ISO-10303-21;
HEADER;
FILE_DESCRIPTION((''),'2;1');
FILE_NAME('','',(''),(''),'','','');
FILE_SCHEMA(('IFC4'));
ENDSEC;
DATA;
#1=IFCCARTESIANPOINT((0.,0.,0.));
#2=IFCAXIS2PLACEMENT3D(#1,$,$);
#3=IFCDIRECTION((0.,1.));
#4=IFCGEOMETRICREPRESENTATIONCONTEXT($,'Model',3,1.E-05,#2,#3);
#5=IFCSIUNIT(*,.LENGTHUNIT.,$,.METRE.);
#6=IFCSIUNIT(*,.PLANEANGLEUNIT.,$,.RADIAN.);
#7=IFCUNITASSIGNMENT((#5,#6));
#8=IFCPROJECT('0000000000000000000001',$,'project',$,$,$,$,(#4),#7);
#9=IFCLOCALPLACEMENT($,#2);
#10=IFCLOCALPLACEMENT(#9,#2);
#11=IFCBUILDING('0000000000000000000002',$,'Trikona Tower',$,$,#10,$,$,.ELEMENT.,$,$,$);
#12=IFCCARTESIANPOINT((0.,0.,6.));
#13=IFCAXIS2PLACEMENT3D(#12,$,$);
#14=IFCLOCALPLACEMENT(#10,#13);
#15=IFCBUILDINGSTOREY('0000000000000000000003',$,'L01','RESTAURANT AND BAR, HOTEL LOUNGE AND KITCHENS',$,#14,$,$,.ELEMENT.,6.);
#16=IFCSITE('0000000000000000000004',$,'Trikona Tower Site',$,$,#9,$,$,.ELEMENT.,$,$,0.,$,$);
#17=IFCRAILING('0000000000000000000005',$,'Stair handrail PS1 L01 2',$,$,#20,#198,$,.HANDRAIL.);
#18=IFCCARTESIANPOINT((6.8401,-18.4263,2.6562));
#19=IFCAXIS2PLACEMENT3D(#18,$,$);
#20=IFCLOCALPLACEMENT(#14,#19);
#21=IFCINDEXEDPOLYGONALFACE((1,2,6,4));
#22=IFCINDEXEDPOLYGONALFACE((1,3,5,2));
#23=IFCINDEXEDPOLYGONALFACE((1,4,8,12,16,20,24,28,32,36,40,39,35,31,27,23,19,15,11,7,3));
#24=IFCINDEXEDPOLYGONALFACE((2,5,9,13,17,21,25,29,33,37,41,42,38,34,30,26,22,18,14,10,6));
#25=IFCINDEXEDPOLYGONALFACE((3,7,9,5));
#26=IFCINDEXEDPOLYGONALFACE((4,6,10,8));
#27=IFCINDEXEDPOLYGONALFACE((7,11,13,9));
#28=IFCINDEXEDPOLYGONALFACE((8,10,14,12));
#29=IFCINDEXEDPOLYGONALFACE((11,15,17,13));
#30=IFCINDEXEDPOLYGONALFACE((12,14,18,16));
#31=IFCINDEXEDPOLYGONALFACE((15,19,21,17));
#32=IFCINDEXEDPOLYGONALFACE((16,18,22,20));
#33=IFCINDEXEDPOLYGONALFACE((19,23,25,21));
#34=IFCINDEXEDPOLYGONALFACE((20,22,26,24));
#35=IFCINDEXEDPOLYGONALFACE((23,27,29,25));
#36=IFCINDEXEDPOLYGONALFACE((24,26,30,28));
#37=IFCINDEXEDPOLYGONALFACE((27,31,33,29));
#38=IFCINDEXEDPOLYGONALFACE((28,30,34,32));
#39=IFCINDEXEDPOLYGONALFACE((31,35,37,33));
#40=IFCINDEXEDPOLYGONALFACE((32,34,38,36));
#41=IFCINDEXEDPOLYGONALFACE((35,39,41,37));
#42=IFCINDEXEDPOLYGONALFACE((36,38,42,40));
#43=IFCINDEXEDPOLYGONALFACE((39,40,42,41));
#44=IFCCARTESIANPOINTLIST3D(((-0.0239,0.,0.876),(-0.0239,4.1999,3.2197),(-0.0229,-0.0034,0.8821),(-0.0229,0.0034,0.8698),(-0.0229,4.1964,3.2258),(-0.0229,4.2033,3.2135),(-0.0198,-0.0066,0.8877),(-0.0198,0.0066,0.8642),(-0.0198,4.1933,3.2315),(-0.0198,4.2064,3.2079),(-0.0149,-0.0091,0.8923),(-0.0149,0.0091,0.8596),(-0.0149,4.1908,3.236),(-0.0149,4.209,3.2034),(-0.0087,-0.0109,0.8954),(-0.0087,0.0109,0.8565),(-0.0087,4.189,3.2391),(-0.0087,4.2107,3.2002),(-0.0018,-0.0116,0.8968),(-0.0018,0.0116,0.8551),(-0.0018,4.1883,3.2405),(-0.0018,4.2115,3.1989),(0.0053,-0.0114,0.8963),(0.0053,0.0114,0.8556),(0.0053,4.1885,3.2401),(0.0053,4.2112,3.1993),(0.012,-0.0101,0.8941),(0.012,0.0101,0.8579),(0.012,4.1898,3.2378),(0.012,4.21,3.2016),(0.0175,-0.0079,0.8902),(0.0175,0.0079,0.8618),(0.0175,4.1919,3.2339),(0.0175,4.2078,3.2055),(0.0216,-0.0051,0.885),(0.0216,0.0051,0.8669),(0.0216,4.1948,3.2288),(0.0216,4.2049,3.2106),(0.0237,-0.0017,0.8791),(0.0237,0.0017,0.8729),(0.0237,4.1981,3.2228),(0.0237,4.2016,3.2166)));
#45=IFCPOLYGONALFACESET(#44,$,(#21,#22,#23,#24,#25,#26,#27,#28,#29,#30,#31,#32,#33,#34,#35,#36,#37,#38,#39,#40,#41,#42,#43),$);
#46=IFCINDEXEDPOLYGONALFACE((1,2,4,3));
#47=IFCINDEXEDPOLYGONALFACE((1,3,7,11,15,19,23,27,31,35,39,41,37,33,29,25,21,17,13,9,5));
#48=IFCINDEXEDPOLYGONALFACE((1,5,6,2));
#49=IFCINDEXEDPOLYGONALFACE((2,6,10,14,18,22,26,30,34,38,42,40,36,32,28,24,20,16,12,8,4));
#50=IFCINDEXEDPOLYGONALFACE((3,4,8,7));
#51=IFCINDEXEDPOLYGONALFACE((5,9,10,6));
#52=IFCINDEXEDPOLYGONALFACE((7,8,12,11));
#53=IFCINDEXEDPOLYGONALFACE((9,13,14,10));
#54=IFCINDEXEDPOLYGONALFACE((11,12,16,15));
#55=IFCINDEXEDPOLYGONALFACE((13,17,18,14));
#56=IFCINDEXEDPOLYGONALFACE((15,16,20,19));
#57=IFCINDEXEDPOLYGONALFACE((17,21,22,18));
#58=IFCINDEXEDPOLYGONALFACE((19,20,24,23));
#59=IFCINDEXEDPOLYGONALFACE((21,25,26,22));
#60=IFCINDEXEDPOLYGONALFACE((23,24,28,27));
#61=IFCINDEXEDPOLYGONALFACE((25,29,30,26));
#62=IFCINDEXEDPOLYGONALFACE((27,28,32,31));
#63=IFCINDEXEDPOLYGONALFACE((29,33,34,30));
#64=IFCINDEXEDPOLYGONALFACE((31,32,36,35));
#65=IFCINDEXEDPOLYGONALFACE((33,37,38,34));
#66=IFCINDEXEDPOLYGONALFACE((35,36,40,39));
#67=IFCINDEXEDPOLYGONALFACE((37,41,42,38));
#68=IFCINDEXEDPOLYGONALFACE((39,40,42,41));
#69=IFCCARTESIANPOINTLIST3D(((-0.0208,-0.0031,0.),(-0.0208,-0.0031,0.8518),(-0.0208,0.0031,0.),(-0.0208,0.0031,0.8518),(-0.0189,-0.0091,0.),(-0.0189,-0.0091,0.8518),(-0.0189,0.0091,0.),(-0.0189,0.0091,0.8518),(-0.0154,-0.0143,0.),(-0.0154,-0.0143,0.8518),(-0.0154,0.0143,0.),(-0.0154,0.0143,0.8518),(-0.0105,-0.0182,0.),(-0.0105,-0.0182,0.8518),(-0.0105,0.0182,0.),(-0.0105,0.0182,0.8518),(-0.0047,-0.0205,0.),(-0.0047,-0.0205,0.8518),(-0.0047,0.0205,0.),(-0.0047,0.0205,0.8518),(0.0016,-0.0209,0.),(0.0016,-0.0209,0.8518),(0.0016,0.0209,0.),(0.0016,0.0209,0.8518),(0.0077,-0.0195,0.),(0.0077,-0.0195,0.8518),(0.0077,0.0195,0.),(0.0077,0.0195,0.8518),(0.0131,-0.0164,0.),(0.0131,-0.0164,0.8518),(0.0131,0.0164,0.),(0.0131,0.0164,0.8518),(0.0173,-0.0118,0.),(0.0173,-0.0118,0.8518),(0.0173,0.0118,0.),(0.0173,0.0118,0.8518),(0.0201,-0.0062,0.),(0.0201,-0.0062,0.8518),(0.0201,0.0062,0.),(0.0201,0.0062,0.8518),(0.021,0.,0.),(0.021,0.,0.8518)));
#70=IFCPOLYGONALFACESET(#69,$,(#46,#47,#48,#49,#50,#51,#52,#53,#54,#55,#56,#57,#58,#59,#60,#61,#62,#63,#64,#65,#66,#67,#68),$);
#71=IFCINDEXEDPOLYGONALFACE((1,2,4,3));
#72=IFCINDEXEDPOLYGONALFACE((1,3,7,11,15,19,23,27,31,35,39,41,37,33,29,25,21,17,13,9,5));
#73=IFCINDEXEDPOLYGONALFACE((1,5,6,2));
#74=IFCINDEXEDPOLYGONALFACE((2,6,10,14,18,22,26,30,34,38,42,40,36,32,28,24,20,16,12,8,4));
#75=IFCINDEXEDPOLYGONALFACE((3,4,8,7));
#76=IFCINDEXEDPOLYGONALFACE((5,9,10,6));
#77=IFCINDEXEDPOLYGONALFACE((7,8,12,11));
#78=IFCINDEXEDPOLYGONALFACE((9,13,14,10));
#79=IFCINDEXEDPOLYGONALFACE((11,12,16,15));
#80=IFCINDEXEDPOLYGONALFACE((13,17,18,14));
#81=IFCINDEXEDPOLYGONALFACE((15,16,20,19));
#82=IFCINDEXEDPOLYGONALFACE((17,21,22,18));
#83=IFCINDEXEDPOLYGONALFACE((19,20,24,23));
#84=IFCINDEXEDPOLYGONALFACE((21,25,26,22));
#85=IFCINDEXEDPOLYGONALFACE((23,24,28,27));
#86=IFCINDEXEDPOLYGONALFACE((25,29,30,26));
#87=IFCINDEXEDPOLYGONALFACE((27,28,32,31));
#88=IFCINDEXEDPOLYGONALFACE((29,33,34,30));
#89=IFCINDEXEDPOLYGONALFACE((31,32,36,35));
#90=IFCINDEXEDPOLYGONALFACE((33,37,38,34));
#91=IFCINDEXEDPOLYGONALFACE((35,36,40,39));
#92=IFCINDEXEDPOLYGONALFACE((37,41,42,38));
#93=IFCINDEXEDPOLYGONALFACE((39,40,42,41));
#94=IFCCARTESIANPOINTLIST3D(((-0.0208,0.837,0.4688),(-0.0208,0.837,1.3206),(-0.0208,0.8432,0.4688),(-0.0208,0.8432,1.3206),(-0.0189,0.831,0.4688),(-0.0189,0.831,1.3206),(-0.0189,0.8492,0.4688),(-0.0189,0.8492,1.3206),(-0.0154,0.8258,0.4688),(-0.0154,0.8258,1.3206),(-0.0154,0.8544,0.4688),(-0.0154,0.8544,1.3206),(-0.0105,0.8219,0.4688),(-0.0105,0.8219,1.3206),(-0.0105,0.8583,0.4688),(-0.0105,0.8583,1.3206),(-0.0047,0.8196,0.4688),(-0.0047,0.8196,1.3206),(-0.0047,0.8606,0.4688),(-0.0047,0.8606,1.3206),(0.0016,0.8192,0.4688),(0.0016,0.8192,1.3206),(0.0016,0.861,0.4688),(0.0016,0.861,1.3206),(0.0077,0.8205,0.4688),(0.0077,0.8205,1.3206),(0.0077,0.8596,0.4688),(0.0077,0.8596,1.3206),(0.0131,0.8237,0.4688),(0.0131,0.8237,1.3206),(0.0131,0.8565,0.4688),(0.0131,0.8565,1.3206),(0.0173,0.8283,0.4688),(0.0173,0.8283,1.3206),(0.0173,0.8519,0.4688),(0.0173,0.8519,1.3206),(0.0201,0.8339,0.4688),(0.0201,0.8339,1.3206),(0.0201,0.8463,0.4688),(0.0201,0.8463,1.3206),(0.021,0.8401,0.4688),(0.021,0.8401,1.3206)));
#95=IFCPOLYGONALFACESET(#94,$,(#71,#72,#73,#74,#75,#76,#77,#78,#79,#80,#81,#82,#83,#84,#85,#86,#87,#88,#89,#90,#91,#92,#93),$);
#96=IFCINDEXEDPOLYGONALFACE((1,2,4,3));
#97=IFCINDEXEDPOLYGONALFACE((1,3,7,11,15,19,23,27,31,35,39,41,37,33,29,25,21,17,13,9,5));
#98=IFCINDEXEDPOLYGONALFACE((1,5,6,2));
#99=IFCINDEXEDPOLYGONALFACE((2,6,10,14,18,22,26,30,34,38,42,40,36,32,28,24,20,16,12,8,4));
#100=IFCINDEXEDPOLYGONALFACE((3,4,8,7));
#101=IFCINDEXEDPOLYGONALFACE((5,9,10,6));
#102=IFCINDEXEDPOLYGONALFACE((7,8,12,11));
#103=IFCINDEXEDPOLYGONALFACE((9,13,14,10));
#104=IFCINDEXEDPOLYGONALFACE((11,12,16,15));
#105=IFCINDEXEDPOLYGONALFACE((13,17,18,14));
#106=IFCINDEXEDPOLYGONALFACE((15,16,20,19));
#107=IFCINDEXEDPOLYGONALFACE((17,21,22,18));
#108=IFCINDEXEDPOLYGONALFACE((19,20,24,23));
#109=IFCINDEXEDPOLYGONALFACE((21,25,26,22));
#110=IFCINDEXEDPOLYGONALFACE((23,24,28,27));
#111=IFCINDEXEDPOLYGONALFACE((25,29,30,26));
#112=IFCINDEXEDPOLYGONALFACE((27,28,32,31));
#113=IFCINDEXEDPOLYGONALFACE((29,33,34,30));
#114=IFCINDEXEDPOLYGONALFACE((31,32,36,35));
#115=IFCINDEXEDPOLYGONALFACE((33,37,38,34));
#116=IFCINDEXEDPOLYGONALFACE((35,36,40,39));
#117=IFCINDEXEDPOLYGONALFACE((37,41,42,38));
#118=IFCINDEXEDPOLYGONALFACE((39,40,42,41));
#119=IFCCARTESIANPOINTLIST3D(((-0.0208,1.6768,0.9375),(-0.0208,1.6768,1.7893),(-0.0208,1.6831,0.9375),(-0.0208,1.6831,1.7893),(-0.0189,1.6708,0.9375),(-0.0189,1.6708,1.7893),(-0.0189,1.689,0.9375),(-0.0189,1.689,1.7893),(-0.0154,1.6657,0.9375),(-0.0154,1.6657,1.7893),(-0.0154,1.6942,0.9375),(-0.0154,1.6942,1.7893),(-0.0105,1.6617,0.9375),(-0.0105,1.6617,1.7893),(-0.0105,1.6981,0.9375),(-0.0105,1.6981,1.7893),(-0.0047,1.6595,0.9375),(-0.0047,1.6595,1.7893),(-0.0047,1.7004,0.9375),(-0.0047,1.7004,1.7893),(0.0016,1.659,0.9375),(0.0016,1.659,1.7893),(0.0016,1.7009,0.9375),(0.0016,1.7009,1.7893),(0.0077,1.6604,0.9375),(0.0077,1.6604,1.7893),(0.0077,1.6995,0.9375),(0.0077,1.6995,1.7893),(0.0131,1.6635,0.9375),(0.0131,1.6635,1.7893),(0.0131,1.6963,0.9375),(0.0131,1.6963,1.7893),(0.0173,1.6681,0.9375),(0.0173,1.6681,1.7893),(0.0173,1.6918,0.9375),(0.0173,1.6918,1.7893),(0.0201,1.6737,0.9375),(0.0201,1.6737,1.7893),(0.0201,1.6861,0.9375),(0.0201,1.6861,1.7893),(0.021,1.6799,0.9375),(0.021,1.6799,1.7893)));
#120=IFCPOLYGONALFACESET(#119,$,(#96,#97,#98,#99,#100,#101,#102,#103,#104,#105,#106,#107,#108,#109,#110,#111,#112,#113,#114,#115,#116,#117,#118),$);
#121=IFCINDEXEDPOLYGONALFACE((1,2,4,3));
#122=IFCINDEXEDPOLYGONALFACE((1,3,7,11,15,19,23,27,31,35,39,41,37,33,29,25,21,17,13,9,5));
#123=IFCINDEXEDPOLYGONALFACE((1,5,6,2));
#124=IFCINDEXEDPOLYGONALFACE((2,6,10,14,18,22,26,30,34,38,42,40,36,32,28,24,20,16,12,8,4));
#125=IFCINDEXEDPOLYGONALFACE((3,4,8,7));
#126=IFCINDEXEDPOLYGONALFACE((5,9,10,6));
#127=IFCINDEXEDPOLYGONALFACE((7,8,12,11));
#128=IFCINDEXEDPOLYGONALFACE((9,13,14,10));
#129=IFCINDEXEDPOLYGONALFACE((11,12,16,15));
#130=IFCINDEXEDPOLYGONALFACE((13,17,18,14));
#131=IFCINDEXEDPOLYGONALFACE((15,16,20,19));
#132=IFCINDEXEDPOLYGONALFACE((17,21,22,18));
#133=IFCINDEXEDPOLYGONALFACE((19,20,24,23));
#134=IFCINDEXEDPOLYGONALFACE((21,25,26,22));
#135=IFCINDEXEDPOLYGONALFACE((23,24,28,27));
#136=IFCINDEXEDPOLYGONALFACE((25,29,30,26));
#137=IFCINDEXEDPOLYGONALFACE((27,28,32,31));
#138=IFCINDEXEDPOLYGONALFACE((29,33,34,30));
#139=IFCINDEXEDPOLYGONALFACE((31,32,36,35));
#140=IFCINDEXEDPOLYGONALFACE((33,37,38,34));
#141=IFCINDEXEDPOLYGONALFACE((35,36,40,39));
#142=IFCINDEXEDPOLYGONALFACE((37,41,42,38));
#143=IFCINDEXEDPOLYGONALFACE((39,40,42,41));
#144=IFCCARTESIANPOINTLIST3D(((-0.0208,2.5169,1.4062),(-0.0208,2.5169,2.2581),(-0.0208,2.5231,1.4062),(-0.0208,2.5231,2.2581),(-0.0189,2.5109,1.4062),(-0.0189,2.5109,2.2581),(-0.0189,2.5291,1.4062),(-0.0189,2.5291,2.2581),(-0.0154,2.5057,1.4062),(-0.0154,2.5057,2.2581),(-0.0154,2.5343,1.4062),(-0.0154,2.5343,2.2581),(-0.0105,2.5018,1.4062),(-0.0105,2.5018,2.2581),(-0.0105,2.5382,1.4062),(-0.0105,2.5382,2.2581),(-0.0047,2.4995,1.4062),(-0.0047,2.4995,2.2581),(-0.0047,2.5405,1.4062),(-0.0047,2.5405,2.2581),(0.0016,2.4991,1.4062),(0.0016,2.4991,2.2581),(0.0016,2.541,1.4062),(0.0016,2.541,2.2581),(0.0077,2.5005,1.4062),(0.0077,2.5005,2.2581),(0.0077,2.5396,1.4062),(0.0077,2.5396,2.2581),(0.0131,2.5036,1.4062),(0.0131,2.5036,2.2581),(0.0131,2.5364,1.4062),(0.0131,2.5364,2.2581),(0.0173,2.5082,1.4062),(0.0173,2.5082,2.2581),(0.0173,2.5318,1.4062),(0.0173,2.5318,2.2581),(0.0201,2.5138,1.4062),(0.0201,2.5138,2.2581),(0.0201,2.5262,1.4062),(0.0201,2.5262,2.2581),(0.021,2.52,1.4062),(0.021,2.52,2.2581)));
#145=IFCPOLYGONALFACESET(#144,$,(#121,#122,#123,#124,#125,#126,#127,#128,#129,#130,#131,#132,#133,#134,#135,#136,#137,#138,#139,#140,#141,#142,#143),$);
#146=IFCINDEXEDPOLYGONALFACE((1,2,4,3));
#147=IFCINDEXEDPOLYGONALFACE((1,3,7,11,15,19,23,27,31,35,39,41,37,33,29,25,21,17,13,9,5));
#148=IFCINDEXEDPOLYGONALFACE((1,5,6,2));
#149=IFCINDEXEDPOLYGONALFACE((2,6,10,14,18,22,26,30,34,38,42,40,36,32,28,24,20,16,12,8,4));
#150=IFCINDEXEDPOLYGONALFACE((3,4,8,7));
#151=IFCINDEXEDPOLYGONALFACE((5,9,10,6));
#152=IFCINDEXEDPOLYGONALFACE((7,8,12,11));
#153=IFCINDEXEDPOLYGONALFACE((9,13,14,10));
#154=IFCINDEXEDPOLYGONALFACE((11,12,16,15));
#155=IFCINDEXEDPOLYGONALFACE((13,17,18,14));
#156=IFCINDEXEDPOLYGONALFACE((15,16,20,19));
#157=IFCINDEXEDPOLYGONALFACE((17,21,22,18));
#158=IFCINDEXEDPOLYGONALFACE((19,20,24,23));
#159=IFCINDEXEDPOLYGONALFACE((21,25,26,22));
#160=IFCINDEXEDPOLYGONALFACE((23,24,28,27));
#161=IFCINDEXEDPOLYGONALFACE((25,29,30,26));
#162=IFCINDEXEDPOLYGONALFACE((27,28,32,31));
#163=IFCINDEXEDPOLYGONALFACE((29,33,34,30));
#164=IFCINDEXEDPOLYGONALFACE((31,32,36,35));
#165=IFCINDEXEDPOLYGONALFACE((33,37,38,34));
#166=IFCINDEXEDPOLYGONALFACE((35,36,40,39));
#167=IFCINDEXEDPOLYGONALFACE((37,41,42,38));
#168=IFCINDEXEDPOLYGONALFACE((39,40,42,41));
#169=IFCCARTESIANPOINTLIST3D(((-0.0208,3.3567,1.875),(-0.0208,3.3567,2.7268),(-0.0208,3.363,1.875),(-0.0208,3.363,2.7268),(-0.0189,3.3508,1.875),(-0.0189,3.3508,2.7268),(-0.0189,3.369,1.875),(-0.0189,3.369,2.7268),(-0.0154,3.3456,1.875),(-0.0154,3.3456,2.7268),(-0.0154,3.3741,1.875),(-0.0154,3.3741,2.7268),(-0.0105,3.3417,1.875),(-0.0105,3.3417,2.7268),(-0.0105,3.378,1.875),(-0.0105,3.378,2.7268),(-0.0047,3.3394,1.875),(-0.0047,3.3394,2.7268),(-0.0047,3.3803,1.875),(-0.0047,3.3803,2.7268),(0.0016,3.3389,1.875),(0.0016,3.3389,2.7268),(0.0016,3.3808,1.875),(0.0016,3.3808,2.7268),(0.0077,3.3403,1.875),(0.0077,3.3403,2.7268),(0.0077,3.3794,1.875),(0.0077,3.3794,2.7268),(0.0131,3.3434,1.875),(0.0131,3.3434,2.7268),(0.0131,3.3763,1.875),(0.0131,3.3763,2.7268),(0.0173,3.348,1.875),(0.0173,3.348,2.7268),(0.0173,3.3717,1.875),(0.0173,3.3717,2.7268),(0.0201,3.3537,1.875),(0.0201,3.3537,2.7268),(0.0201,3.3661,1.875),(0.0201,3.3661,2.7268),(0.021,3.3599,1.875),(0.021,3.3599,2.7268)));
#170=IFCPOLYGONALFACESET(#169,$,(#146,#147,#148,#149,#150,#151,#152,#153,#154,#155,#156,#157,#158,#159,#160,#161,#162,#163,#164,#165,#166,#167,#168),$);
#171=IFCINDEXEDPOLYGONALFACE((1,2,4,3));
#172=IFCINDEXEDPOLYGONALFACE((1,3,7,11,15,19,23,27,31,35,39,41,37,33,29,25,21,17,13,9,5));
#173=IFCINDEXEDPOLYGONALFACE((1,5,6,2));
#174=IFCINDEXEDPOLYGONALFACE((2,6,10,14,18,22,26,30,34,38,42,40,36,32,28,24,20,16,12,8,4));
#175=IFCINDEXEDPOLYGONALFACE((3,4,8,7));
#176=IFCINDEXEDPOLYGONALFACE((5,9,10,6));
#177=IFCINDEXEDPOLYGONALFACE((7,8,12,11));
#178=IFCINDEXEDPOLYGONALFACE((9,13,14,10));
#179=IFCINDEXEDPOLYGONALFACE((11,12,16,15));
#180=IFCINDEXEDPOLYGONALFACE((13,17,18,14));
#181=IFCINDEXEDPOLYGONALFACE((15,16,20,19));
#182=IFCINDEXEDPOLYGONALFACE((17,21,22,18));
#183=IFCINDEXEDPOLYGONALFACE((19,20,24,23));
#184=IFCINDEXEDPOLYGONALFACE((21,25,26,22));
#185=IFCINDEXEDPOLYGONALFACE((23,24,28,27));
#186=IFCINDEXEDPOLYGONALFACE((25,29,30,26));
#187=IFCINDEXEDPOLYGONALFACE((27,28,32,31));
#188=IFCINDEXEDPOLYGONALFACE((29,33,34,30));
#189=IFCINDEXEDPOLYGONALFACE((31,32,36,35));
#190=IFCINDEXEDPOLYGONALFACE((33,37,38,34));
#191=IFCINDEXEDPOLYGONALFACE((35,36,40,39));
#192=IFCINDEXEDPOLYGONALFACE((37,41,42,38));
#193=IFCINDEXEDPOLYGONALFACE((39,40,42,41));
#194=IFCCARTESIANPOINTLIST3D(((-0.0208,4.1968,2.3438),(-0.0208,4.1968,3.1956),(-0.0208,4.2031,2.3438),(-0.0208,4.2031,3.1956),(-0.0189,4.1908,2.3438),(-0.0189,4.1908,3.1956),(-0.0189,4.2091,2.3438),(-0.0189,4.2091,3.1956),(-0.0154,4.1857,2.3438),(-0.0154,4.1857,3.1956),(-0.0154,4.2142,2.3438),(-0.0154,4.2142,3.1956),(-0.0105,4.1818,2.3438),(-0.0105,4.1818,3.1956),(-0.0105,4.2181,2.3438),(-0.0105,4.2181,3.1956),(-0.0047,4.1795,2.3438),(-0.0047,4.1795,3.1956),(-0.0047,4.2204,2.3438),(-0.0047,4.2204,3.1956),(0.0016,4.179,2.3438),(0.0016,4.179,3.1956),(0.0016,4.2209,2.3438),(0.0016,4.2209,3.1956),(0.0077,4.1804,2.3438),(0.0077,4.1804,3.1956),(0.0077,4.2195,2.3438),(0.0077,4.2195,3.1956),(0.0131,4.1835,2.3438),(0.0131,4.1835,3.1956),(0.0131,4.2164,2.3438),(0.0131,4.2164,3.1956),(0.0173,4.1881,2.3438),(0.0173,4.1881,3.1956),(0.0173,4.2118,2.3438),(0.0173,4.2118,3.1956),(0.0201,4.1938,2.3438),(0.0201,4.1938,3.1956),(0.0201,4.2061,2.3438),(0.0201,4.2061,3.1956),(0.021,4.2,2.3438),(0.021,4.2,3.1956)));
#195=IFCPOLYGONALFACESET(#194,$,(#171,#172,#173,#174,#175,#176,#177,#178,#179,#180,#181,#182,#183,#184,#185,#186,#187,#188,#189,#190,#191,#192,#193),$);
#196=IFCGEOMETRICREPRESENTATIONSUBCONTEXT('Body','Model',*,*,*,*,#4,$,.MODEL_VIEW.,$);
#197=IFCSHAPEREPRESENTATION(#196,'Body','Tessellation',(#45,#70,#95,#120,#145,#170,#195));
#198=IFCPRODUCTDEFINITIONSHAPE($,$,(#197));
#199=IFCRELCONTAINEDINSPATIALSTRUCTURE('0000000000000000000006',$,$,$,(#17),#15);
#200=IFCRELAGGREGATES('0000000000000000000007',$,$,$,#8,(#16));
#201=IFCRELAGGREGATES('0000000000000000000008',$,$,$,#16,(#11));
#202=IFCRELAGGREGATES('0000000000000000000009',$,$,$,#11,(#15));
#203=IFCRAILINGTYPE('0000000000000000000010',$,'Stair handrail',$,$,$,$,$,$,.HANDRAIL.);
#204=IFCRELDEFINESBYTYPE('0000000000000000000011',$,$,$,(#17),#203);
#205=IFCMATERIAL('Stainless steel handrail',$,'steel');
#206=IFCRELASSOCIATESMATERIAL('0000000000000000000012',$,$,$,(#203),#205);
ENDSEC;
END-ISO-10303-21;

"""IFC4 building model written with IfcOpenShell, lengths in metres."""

from ifc_helpers import new_model, si_unit, direction, frame, origin, origin_2d, place, context, subcontext, project, spatial, circle, extrude, material, type_object, element, save


model = new_model("IFC4")

# Units and contexts
model_context = context("Model", 3, precision=1e-05, world=origin(), true_north=direction((0.0, 1.0)))
body_context = subcontext(model_context, "Body", "Model", "MODEL_VIEW")
ifc_project = project(units=[si_unit("LENGTHUNIT", "METRE"), si_unit("PLANEANGLEUNIT", "RADIAN")], contexts=[model_context])

# Site, building, storey
site_placement = place(None, origin())
site = spatial("IfcSite", under=ifc_project, at=site_placement, Name="Trikona Tower Site", CompositionType="ELEMENT", RefElevation=0.0)
building_placement = place(site_placement, origin())
building = spatial("IfcBuilding", under=site, at=building_placement, Name="Trikona Tower", CompositionType="ELEMENT")
storey_placement = place(building_placement, frame((0.0, 0.0, 6.0)))
storey = spatial("IfcBuildingStorey", under=building, at=storey_placement, Name="L01", Description="RESTAURANT AND BAR, HOTEL LOUNGE AND KITCHENS", CompositionType="ELEMENT", Elevation=6.0)

# Railing
ifc_material_1 = material(Name="Stainless steel handrail", Category="steel")
railing_type = type_object("IfcRailingType", Name="Stair handrail", PredefinedType="HANDRAIL", material=ifc_material_1)
railing_placement = place(storey_placement, frame((6.8401, -18.4263, 2.6562)))
element("IfcRailing", 1, at=railing_placement, inside=storey, type_object=railing_type, Name="Stair handrail PS1 L01 2", PredefinedType="HANDRAIL", context=body_context, shape_type="SweptSolid", body=[
    extrude(circle(Radius=0.0239, at=origin_2d()), frame((0.0, 0.0, 0.876), z_axis=(0.0, 0.873234, 0.487301), x_axis=(-1.0, 0.0, 0.0)), (0.0, 0.0, 1.0), 4.8096),
    extrude(circle(Radius=0.021, at=origin_2d()), origin(), (0.0, 0.0, 1.0), 0.8518),
    extrude(circle(Radius=0.021, at=origin_2d()), frame((0.0, 0.8401, 0.4688)), (0.0, 0.0, 1.0), 0.8518),
    extrude(circle(Radius=0.021, at=origin_2d()), frame((0.0, 1.6799, 0.9375)), (0.0, 0.0, 1.0), 0.8518),
    extrude(circle(Radius=0.021, at=origin_2d()), frame((0.0, 2.52, 1.4062)), (0.0, 0.0, 1.0), 0.8518),
    extrude(circle(Radius=0.021, at=origin_2d()), frame((0.0, 3.3599, 1.875)), (0.0, 0.0, 1.0), 0.8518),
    extrude(circle(Radius=0.021, at=origin_2d()), frame((0.0, 4.2, 2.3438)), (0.0, 0.0, 1.0), 0.8518),
])

save(model, "model.ifc")
